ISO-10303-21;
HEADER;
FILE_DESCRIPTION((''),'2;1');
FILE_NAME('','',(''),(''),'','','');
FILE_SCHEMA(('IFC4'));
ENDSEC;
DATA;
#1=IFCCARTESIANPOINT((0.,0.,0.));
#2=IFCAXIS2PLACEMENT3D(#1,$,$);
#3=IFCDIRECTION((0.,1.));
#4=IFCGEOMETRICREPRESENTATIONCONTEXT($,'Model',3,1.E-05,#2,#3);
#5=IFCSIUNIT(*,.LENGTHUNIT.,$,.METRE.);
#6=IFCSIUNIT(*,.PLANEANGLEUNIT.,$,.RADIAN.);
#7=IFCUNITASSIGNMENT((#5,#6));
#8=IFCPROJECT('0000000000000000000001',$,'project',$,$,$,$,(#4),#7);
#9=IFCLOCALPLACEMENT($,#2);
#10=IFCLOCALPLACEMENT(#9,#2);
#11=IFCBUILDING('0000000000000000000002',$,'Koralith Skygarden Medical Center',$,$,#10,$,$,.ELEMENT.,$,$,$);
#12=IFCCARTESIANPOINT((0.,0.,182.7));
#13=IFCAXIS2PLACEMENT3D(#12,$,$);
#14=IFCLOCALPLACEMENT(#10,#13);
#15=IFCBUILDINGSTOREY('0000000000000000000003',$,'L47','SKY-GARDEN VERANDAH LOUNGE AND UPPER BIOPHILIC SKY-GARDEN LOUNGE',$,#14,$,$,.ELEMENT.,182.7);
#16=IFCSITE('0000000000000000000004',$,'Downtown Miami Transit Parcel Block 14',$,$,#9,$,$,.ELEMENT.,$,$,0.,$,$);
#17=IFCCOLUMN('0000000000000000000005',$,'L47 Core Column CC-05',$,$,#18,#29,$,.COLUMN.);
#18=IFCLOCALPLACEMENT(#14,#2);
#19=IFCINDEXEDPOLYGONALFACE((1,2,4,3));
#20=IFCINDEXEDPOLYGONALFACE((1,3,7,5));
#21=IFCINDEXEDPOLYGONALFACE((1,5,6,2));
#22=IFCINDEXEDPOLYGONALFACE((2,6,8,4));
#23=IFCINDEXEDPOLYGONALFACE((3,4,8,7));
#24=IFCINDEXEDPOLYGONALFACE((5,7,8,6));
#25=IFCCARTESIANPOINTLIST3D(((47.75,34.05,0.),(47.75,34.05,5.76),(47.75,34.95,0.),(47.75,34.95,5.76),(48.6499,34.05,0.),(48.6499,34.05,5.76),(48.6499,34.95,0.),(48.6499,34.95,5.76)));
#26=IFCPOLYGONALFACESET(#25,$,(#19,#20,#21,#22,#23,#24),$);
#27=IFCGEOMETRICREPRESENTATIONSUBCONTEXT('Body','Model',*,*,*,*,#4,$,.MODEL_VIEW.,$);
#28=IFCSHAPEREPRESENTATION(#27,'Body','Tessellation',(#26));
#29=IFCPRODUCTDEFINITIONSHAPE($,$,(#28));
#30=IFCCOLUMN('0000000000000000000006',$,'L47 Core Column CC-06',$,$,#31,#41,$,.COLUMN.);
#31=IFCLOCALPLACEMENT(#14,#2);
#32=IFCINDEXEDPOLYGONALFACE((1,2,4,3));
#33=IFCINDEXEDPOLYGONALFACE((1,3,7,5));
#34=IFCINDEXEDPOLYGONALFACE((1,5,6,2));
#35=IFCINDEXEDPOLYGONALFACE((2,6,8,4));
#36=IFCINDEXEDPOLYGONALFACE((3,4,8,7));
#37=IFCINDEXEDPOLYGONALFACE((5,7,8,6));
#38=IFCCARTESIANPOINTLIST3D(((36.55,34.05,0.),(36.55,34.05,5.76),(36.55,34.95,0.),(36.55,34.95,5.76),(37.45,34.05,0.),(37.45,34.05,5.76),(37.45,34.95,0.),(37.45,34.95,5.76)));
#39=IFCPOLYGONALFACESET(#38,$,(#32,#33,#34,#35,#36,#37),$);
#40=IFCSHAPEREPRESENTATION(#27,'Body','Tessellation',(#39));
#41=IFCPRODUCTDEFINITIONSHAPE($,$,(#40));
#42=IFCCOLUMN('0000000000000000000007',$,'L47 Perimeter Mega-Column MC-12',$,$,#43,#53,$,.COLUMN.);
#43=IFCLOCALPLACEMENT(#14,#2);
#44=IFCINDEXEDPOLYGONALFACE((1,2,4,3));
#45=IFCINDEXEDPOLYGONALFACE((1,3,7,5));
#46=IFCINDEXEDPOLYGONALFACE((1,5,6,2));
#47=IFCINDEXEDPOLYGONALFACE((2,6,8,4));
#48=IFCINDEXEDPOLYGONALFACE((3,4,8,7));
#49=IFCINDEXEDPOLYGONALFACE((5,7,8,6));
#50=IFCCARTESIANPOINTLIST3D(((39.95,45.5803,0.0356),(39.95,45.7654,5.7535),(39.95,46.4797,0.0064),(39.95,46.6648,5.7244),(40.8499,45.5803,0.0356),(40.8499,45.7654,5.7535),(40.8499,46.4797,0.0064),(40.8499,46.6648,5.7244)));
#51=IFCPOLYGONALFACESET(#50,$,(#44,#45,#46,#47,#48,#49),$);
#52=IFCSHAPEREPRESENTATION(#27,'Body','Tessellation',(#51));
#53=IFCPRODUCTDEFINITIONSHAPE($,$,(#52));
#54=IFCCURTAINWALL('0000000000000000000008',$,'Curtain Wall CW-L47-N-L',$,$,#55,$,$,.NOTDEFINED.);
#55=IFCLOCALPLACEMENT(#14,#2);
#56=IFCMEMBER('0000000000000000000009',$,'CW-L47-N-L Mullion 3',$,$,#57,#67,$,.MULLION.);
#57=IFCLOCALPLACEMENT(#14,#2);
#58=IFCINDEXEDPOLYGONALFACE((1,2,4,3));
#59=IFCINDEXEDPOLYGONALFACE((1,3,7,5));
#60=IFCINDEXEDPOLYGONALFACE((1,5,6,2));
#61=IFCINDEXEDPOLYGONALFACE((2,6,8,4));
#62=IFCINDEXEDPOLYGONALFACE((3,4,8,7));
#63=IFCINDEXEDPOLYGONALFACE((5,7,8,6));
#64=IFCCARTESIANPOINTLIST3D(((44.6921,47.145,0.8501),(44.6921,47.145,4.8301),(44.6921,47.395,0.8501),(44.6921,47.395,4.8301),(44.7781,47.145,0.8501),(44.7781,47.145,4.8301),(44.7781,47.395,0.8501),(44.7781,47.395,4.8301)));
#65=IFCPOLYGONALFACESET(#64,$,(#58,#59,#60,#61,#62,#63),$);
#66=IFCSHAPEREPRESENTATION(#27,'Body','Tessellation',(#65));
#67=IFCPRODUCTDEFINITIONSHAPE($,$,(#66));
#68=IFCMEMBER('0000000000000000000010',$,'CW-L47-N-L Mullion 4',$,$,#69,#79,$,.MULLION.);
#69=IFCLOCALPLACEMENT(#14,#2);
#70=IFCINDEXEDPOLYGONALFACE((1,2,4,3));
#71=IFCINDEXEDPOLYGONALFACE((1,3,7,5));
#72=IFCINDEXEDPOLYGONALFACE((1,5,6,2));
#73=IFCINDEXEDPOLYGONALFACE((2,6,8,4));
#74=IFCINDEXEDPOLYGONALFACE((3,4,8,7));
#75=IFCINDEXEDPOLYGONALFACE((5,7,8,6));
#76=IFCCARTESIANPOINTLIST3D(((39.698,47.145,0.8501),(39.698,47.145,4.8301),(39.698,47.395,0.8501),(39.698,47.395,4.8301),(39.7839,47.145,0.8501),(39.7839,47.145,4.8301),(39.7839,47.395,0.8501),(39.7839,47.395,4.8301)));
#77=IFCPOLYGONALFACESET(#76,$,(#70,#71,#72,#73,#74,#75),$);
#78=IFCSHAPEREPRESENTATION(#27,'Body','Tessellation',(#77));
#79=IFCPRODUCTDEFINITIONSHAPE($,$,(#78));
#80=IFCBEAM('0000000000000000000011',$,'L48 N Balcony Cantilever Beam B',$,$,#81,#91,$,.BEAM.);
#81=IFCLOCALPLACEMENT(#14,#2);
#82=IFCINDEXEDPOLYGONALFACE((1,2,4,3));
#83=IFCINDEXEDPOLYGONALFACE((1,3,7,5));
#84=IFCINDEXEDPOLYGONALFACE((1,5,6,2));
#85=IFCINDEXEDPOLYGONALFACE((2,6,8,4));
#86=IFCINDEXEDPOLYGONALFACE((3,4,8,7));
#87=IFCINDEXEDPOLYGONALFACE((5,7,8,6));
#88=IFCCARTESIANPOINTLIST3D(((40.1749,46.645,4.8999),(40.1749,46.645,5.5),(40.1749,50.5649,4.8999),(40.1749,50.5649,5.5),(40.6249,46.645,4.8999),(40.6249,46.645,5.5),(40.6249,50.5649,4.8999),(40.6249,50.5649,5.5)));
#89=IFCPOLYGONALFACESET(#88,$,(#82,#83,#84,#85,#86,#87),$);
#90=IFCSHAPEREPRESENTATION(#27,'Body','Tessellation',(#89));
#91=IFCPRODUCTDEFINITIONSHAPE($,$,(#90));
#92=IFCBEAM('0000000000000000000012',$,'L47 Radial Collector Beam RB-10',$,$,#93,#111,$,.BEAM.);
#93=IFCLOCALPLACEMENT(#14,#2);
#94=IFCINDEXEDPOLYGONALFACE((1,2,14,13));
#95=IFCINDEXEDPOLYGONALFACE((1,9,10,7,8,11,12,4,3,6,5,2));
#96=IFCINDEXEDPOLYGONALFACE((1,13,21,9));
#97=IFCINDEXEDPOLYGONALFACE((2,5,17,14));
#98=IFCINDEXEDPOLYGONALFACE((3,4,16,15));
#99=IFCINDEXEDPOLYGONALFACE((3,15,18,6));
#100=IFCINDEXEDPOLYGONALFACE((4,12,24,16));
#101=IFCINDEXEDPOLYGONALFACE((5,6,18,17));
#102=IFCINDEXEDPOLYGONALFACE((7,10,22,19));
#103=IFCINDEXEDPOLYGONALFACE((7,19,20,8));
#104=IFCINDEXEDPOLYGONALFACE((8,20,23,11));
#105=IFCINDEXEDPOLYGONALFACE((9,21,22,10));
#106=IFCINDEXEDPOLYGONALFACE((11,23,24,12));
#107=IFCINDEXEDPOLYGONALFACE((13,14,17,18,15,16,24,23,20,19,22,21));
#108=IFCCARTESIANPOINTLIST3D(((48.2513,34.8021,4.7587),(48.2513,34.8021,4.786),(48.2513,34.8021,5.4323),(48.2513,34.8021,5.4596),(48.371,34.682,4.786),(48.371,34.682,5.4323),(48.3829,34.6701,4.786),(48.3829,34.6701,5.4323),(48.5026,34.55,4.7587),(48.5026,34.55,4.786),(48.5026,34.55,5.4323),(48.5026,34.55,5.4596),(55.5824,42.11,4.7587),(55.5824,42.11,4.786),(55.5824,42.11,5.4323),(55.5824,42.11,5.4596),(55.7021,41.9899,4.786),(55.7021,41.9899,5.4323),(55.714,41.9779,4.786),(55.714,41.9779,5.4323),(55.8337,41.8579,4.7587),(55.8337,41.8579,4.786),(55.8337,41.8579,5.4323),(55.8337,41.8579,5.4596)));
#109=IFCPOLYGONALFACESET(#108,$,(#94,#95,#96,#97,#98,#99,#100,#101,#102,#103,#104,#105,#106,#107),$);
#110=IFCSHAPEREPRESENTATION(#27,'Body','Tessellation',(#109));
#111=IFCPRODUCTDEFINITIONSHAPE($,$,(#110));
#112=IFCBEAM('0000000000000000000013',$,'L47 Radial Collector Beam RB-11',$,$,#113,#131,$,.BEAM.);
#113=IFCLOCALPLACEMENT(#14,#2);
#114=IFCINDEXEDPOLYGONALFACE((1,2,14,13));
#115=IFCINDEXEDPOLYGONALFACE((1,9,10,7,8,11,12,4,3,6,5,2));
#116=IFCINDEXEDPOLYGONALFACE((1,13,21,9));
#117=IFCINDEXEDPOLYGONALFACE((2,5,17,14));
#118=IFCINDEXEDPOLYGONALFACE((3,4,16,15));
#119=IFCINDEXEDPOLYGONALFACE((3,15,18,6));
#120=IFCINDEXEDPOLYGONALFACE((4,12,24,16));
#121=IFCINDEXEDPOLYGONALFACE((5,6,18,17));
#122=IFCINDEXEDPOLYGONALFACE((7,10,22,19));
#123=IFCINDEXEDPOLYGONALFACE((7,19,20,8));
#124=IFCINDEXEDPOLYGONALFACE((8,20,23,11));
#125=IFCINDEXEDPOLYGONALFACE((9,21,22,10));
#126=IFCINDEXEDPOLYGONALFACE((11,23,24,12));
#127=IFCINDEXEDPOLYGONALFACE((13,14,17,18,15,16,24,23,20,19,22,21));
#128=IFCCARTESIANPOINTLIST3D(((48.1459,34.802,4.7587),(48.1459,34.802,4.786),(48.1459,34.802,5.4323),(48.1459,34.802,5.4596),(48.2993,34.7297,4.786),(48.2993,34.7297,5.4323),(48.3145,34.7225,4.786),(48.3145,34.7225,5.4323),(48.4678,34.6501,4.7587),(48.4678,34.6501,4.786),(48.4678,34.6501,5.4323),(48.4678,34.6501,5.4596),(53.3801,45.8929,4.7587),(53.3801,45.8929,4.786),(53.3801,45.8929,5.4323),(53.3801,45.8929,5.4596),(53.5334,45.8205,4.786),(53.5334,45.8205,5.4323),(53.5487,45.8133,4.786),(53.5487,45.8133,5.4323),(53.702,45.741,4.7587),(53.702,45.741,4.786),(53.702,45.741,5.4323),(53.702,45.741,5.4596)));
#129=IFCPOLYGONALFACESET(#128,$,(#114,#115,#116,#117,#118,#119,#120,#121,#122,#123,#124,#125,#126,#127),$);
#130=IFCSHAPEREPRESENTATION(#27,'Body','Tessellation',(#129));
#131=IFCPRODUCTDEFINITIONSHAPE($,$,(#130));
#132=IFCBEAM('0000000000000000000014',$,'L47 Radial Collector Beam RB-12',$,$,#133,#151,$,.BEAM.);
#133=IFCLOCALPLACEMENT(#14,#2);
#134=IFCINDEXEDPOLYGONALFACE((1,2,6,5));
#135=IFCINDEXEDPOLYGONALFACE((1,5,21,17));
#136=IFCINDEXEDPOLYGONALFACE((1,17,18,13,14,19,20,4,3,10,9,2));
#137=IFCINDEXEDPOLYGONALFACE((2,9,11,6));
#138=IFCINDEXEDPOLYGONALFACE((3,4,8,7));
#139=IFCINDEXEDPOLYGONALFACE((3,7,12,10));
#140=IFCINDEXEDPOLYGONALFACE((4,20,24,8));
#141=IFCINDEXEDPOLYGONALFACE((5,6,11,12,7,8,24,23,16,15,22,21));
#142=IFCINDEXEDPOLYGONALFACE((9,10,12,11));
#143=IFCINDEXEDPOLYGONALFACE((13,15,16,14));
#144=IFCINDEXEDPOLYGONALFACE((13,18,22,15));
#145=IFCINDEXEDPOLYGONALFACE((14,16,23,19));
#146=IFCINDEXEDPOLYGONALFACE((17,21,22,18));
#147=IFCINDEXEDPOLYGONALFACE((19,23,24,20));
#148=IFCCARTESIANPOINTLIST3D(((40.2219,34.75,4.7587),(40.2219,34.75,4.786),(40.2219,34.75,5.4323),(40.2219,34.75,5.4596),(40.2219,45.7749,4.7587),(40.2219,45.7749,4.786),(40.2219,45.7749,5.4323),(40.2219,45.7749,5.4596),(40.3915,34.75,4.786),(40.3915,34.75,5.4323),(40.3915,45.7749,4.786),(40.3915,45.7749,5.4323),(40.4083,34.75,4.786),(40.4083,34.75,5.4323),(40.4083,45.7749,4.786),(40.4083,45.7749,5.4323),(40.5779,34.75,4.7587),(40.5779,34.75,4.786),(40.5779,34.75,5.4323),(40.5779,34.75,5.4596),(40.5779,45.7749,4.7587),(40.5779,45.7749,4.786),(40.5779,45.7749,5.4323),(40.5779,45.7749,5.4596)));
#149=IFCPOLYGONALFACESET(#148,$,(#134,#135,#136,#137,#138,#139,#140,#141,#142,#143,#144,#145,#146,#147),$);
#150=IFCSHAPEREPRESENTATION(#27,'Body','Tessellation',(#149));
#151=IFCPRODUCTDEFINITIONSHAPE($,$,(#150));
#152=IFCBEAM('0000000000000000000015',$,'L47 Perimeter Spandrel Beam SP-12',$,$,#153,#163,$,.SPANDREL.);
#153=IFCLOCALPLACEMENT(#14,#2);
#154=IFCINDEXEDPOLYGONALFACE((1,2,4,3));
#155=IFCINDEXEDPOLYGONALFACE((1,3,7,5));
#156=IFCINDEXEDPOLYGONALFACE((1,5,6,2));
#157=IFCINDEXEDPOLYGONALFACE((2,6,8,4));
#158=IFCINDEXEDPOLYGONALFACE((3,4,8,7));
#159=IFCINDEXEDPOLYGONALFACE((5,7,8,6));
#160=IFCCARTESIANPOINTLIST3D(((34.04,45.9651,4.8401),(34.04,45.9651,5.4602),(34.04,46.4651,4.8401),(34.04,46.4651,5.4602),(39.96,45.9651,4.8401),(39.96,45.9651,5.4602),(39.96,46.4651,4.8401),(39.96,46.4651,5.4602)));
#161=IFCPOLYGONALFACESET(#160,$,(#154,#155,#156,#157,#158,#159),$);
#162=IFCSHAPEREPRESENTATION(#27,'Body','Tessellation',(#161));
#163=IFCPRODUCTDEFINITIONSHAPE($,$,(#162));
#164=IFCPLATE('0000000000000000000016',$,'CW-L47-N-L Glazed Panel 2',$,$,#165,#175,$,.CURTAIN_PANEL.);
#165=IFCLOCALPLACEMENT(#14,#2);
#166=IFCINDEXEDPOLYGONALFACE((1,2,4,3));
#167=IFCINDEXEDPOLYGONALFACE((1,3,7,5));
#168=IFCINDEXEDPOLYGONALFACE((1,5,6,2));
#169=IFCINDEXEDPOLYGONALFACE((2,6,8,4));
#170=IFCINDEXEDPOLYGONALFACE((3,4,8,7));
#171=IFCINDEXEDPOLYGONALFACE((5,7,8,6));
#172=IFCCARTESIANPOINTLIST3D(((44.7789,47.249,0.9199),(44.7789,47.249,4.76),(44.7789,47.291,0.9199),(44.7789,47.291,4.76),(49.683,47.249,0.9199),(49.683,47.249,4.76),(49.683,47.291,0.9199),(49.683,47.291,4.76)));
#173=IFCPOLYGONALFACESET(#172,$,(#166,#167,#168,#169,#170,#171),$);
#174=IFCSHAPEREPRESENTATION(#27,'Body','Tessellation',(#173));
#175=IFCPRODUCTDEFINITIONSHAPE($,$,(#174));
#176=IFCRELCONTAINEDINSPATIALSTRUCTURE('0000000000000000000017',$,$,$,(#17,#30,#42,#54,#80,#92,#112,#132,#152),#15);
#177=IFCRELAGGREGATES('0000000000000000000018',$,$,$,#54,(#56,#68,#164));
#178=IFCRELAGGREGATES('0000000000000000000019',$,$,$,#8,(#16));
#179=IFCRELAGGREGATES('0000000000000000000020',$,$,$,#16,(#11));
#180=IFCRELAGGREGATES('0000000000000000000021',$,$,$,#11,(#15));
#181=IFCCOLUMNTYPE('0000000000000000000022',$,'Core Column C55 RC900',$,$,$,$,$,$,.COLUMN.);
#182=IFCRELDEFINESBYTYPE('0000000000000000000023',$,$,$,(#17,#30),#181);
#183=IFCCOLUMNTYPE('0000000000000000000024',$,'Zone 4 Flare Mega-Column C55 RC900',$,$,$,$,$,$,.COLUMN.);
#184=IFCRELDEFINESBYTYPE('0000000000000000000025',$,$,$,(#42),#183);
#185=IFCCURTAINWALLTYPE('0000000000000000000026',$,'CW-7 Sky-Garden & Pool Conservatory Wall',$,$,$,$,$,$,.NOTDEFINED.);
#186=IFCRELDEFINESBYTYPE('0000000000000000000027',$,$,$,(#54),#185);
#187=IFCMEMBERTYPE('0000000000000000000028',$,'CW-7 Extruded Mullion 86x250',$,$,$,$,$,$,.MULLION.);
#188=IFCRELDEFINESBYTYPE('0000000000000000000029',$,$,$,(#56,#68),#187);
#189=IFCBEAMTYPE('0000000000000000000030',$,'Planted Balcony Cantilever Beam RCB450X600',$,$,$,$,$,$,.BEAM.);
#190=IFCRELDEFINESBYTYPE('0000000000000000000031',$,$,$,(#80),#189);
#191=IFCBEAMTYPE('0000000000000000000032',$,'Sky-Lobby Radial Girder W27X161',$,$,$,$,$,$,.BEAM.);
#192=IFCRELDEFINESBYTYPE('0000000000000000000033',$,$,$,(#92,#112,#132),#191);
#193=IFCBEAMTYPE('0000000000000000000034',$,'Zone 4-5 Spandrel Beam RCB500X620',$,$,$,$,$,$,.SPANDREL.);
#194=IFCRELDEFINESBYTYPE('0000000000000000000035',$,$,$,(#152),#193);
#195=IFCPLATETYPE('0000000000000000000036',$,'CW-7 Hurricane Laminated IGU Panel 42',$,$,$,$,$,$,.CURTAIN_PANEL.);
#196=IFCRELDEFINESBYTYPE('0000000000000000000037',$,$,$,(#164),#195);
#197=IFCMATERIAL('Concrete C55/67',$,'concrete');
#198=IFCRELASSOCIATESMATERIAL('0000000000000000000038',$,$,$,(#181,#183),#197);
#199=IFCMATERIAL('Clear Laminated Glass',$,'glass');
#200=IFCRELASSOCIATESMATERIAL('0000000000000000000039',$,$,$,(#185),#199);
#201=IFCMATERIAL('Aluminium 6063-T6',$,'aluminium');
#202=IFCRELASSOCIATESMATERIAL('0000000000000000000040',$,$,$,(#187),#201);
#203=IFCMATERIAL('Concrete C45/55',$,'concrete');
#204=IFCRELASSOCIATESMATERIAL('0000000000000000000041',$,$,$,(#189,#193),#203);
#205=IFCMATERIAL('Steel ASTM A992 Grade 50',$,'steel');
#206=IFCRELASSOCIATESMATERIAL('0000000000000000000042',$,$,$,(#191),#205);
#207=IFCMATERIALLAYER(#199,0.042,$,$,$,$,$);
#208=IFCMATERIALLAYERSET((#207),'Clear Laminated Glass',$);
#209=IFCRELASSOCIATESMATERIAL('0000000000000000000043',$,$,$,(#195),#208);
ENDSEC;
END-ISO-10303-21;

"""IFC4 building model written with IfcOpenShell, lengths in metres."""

from ifc_helpers import new_model, si_unit, direction, frame, origin, origin_2d, place, context, subcontext, project, spatial, rectangle, i_section, extrude, material, layer, layer_set, material_profile, profile_set, type_object, element, aggregate, save


model = new_model("IFC4")

# Units and contexts
model_context = context("Model", 3, precision=1e-05, world=origin(), true_north=direction((0.0, 1.0)))
body_context = subcontext(model_context, "Body", "Model", "MODEL_VIEW")
ifc_project = project(units=[si_unit("LENGTHUNIT", "METRE"), si_unit("PLANEANGLEUNIT", "RADIAN")], contexts=[model_context])

# Site, building, storey
site_placement = place(None, origin())
site = spatial("IfcSite", under=ifc_project, at=site_placement, Name="Downtown Miami Transit Parcel Block 14", CompositionType="ELEMENT", RefElevation=0.0)
building_placement = place(site_placement, origin())
building = spatial("IfcBuilding", under=site, at=building_placement, Name="Koralith Skygarden Medical Center", CompositionType="ELEMENT")
storey_placement = place(building_placement, frame((0.0, 0.0, 182.7)))
storey = spatial("IfcBuildingStorey", under=building, at=storey_placement, Name="L47", Description="SKY-GARDEN VERANDAH LOUNGE AND UPPER BIOPHILIC SKY-GARDEN LOUNGE", CompositionType="ELEMENT", Elevation=182.7)

# Columns
ifc_material_1 = material(Name="Concrete C55/67", Category="concrete")
ifc_material_profile_1 = material_profile(ifc_material_1, rectangle(XDim=0.8999, YDim=0.8999, at=origin_2d()), Name="RC900X900")
ifc_profile_set_1 = profile_set([ifc_material_profile_1], Name="Concrete C55/67")
column_type_1 = type_object("IfcColumnType", Name="Core Column C55 RC900", PredefinedType="COLUMN", material=ifc_profile_set_1)
for number, where, z_axis, x_axis, name in (
    (1, (48.2, 34.5, 0.0), (0.0, 0.0, 1.0), (1.0, 0.0, 0.0), "L47 Core Column CC-05"),
    (2, (37.0, 34.5, 0.0), (0.0, 0.0, 1.0), (1.0, 0.0, 0.0), "L47 Core Column CC-06"),
):
    element("IfcColumn", number, at=place(storey_placement, frame(where, z_axis=z_axis, x_axis=x_axis)), inside=storey, type_object=column_type_1, Name=name, PredefinedType="COLUMN", context=body_context, shape_type="SweptSolid", body=[
        extrude(rectangle(XDim=0.8999, YDim=0.8999, at=origin_2d()), origin(), (0.0, 0.0, 1.0), 5.76),
    ])
ifc_material_profile_2 = material_profile(ifc_material_1, rectangle(XDim=0.8999, YDim=0.8999, at=origin_2d()), Name="RC900X900")
ifc_profile_set_2 = profile_set([ifc_material_profile_2], Name="Concrete C55/67")
column_type_2 = type_object("IfcColumnType", Name="Zone 4 Flare Mega-Column C55 RC900", PredefinedType="COLUMN", material=ifc_profile_set_2)
column_placement = place(storey_placement, frame((40.3999, 46.03, 0.021), z_axis=(0.0, 0.032347, 0.999477), x_axis=(-1.0, 0.0, 0.0)))
element("IfcColumn", 3, at=column_placement, inside=storey, type_object=column_type_2, Name="L47 Perimeter Mega-Column MC-12", PredefinedType="COLUMN", context=body_context, shape_type="SweptSolid", body=[
    extrude(rectangle(XDim=0.8999, YDim=0.8999, at=origin_2d()), origin(), (0.0, 0.0, 1.0), 5.7209),
])

# Curtain wall, members
ifc_material_2 = material(Name="Clear Laminated Glass", Category="glass")
curtain_wall_type = type_object("IfcCurtainWallType", Name="CW-7 Sky-Garden & Pool Conservatory Wall", PredefinedType="NOTDEFINED", material=ifc_material_2)
curtain_wall_placement = place(storey_placement, origin())
curtain_wall = element("IfcCurtainWall", 4, at=curtain_wall_placement, inside=storey, type_object=curtain_wall_type, Name="Curtain Wall CW-L47-N-L", PredefinedType="NOTDEFINED")
ifc_material_3 = material(Name="Aluminium 6063-T6", Category="aluminium")
ifc_material_profile_3 = material_profile(ifc_material_3, rectangle(XDim=0.0859, YDim=0.25, at=origin_2d()), Name="MUL86X250")
ifc_profile_set_3 = profile_set([ifc_material_profile_3], Name="Aluminium 6063-T6")
member_type = type_object("IfcMemberType", Name="CW-7 Extruded Mullion 86x250", PredefinedType="MULLION", material=ifc_profile_set_3)
member_1_placement = place(storey_placement, frame((44.7351, 47.27, 0.8501), z_axis=(0.0, 0.0, 1.0), x_axis=(1.0, 0.0, 0.0)))
member_1 = element("IfcMember", 5, at=member_1_placement, type_object=member_type, Name="CW-L47-N-L Mullion 3", PredefinedType="MULLION", context=body_context, shape_type="SweptSolid", body=[
    extrude(rectangle(XDim=0.0859, YDim=0.25, at=origin_2d()), origin(), (0.0, 0.0, 1.0), 3.98),
])
member_2_placement = place(storey_placement, frame((39.741, 47.27, 0.8501), z_axis=(0.0, 0.0, 1.0), x_axis=(1.0, 0.0, 0.0)))
member_2 = element("IfcMember", 6, at=member_2_placement, type_object=member_type, Name="CW-L47-N-L Mullion 4", PredefinedType="MULLION", context=body_context, shape_type="SweptSolid", body=[
    extrude(rectangle(XDim=0.0859, YDim=0.25, at=origin_2d()), origin(), (0.0, 0.0, 1.0), 3.98),
])

# Beams
ifc_material_4 = material(Name="Concrete C45/55", Category="concrete")
ifc_material_profile_4 = material_profile(ifc_material_4, rectangle(XDim=0.45, YDim=0.6001, at=origin_2d()), Name="RCB450X600")
ifc_profile_set_4 = profile_set([ifc_material_profile_4], Name="Concrete C45/55")
beam_type_1 = type_object("IfcBeamType", Name="Planted Balcony Cantilever Beam RCB450X600", PredefinedType="BEAM", material=ifc_profile_set_4)
beam_1_placement = place(storey_placement, frame((40.3999, 46.645, 5.2), z_axis=(0.0, 1.0, 0.0), x_axis=(-1.0, 0.0, 0.0)))
element("IfcBeam", 7, at=beam_1_placement, inside=storey, type_object=beam_type_1, Name="L48 N Balcony Cantilever Beam B", PredefinedType="BEAM", context=body_context, shape_type="SweptSolid", body=[
    extrude(rectangle(XDim=0.45, YDim=0.6001, at=origin_2d()), origin(), (0.0, 0.0, 1.0), 3.9199),
])
ifc_material_5 = material(Name="Steel ASTM A992 Grade 50", Category="steel")
ifc_material_profile_5 = material_profile(ifc_material_5, i_section(OverallWidth=0.356, OverallDepth=0.7009, WebThickness=0.0168, FlangeThickness=0.0273, at=origin_2d()), Name="W27X161")
ifc_profile_set_5 = profile_set([ifc_material_profile_5], Name="Steel ASTM A992 Grade 50")
beam_type_2 = type_object("IfcBeamType", Name="Sky-Lobby Radial Girder W27X161", PredefinedType="BEAM", material=ifc_profile_set_5)
beam_2_placement = place(storey_placement, frame((48.377, 34.676, 5.1091), z_axis=(0.708226, 0.705986, 0.0), x_axis=(-0.705986, 0.708226, 0.0)))
element("IfcBeam", 8, at=beam_2_placement, inside=storey, type_object=beam_type_2, Name="L47 Radial Collector Beam RB-10", PredefinedType="BEAM", context=body_context, shape_type="SweptSolid", body=[
    extrude(i_section(OverallWidth=0.356, OverallDepth=0.7009, WebThickness=0.0168, FlangeThickness=0.0273, at=origin_2d()), origin(), (0.0, 0.0, 1.0), 10.3513),
])
beam_3_placement = place(storey_placement, frame((48.3069, 34.7261, 5.1091), z_axis=(0.426793, 0.904349, 0.0), x_axis=(-0.904349, 0.426793, 0.0)))
element("IfcBeam", 9, at=beam_3_placement, inside=storey, type_object=beam_type_2, Name="L47 Radial Collector Beam RB-11", PredefinedType="BEAM", context=body_context, shape_type="SweptSolid", body=[
    extrude(i_section(OverallWidth=0.356, OverallDepth=0.7009, WebThickness=0.0168, FlangeThickness=0.0273, at=origin_2d()), origin(), (0.0, 0.0, 1.0), 12.2639),
])
beam_4_placement = place(storey_placement, frame((40.3999, 34.75, 5.1091), z_axis=(0.0, 1.0, 0.0), x_axis=(-1.0, 0.0, 0.0)))
element("IfcBeam", 10, at=beam_4_placement, inside=storey, type_object=beam_type_2, Name="L47 Radial Collector Beam RB-12", PredefinedType="BEAM", context=body_context, shape_type="SweptSolid", body=[
    extrude(i_section(OverallWidth=0.356, OverallDepth=0.7009, WebThickness=0.0168, FlangeThickness=0.0273, at=origin_2d()), origin(), (0.0, 0.0, 1.0), 11.0249),
])
ifc_material_profile_6 = material_profile(ifc_material_4, rectangle(XDim=0.5, YDim=0.6201, at=origin_2d()), Name="RCB500X620")
ifc_profile_set_6 = profile_set([ifc_material_profile_6], Name="Concrete C45/55")
beam_type_3 = type_object("IfcBeamType", Name="Zone 4-5 Spandrel Beam RCB500X620", PredefinedType="SPANDREL", material=ifc_profile_set_6)
beam_5_placement = place(storey_placement, frame((39.96, 46.2151, 5.1501), z_axis=(-1.0, 0.0, 0.0), x_axis=(0.0, -1.0, 0.0)))
element("IfcBeam", 11, at=beam_5_placement, inside=storey, type_object=beam_type_3, Name="L47 Perimeter Spandrel Beam SP-12", PredefinedType="SPANDREL", context=body_context, shape_type="SweptSolid", body=[
    extrude(rectangle(XDim=0.5, YDim=0.6201, at=origin_2d()), origin(), (0.0, 0.0, 1.0), 5.9199),
])

# Plate
ifc_layer_1 = layer(ifc_material_2, 0.042)
ifc_layer_set_1 = layer_set([ifc_layer_1], Name="Clear Laminated Glass")
plate_type = type_object("IfcPlateType", Name="CW-7 Hurricane Laminated IGU Panel 42", PredefinedType="CURTAIN_PANEL", material=ifc_layer_set_1)
plate_1_placement = place(storey_placement, frame((47.231, 47.27, 0.9199), z_axis=(0.0, 0.0, 1.0), x_axis=(-1.0, 0.0, 0.0)))
plate_1 = element("IfcPlate", 12, at=plate_1_placement, type_object=plate_type, Name="CW-L47-N-L Glazed Panel 2", PredefinedType="CURTAIN_PANEL", context=body_context, shape_type="SweptSolid", body=[
    extrude(rectangle(XDim=4.9041, YDim=0.042, at=origin_2d()), origin(), (0.0, 0.0, 1.0), 3.8401),
])
aggregate(curtain_wall, [member_1, member_2, plate_1])

save(model, "model.ifc")
